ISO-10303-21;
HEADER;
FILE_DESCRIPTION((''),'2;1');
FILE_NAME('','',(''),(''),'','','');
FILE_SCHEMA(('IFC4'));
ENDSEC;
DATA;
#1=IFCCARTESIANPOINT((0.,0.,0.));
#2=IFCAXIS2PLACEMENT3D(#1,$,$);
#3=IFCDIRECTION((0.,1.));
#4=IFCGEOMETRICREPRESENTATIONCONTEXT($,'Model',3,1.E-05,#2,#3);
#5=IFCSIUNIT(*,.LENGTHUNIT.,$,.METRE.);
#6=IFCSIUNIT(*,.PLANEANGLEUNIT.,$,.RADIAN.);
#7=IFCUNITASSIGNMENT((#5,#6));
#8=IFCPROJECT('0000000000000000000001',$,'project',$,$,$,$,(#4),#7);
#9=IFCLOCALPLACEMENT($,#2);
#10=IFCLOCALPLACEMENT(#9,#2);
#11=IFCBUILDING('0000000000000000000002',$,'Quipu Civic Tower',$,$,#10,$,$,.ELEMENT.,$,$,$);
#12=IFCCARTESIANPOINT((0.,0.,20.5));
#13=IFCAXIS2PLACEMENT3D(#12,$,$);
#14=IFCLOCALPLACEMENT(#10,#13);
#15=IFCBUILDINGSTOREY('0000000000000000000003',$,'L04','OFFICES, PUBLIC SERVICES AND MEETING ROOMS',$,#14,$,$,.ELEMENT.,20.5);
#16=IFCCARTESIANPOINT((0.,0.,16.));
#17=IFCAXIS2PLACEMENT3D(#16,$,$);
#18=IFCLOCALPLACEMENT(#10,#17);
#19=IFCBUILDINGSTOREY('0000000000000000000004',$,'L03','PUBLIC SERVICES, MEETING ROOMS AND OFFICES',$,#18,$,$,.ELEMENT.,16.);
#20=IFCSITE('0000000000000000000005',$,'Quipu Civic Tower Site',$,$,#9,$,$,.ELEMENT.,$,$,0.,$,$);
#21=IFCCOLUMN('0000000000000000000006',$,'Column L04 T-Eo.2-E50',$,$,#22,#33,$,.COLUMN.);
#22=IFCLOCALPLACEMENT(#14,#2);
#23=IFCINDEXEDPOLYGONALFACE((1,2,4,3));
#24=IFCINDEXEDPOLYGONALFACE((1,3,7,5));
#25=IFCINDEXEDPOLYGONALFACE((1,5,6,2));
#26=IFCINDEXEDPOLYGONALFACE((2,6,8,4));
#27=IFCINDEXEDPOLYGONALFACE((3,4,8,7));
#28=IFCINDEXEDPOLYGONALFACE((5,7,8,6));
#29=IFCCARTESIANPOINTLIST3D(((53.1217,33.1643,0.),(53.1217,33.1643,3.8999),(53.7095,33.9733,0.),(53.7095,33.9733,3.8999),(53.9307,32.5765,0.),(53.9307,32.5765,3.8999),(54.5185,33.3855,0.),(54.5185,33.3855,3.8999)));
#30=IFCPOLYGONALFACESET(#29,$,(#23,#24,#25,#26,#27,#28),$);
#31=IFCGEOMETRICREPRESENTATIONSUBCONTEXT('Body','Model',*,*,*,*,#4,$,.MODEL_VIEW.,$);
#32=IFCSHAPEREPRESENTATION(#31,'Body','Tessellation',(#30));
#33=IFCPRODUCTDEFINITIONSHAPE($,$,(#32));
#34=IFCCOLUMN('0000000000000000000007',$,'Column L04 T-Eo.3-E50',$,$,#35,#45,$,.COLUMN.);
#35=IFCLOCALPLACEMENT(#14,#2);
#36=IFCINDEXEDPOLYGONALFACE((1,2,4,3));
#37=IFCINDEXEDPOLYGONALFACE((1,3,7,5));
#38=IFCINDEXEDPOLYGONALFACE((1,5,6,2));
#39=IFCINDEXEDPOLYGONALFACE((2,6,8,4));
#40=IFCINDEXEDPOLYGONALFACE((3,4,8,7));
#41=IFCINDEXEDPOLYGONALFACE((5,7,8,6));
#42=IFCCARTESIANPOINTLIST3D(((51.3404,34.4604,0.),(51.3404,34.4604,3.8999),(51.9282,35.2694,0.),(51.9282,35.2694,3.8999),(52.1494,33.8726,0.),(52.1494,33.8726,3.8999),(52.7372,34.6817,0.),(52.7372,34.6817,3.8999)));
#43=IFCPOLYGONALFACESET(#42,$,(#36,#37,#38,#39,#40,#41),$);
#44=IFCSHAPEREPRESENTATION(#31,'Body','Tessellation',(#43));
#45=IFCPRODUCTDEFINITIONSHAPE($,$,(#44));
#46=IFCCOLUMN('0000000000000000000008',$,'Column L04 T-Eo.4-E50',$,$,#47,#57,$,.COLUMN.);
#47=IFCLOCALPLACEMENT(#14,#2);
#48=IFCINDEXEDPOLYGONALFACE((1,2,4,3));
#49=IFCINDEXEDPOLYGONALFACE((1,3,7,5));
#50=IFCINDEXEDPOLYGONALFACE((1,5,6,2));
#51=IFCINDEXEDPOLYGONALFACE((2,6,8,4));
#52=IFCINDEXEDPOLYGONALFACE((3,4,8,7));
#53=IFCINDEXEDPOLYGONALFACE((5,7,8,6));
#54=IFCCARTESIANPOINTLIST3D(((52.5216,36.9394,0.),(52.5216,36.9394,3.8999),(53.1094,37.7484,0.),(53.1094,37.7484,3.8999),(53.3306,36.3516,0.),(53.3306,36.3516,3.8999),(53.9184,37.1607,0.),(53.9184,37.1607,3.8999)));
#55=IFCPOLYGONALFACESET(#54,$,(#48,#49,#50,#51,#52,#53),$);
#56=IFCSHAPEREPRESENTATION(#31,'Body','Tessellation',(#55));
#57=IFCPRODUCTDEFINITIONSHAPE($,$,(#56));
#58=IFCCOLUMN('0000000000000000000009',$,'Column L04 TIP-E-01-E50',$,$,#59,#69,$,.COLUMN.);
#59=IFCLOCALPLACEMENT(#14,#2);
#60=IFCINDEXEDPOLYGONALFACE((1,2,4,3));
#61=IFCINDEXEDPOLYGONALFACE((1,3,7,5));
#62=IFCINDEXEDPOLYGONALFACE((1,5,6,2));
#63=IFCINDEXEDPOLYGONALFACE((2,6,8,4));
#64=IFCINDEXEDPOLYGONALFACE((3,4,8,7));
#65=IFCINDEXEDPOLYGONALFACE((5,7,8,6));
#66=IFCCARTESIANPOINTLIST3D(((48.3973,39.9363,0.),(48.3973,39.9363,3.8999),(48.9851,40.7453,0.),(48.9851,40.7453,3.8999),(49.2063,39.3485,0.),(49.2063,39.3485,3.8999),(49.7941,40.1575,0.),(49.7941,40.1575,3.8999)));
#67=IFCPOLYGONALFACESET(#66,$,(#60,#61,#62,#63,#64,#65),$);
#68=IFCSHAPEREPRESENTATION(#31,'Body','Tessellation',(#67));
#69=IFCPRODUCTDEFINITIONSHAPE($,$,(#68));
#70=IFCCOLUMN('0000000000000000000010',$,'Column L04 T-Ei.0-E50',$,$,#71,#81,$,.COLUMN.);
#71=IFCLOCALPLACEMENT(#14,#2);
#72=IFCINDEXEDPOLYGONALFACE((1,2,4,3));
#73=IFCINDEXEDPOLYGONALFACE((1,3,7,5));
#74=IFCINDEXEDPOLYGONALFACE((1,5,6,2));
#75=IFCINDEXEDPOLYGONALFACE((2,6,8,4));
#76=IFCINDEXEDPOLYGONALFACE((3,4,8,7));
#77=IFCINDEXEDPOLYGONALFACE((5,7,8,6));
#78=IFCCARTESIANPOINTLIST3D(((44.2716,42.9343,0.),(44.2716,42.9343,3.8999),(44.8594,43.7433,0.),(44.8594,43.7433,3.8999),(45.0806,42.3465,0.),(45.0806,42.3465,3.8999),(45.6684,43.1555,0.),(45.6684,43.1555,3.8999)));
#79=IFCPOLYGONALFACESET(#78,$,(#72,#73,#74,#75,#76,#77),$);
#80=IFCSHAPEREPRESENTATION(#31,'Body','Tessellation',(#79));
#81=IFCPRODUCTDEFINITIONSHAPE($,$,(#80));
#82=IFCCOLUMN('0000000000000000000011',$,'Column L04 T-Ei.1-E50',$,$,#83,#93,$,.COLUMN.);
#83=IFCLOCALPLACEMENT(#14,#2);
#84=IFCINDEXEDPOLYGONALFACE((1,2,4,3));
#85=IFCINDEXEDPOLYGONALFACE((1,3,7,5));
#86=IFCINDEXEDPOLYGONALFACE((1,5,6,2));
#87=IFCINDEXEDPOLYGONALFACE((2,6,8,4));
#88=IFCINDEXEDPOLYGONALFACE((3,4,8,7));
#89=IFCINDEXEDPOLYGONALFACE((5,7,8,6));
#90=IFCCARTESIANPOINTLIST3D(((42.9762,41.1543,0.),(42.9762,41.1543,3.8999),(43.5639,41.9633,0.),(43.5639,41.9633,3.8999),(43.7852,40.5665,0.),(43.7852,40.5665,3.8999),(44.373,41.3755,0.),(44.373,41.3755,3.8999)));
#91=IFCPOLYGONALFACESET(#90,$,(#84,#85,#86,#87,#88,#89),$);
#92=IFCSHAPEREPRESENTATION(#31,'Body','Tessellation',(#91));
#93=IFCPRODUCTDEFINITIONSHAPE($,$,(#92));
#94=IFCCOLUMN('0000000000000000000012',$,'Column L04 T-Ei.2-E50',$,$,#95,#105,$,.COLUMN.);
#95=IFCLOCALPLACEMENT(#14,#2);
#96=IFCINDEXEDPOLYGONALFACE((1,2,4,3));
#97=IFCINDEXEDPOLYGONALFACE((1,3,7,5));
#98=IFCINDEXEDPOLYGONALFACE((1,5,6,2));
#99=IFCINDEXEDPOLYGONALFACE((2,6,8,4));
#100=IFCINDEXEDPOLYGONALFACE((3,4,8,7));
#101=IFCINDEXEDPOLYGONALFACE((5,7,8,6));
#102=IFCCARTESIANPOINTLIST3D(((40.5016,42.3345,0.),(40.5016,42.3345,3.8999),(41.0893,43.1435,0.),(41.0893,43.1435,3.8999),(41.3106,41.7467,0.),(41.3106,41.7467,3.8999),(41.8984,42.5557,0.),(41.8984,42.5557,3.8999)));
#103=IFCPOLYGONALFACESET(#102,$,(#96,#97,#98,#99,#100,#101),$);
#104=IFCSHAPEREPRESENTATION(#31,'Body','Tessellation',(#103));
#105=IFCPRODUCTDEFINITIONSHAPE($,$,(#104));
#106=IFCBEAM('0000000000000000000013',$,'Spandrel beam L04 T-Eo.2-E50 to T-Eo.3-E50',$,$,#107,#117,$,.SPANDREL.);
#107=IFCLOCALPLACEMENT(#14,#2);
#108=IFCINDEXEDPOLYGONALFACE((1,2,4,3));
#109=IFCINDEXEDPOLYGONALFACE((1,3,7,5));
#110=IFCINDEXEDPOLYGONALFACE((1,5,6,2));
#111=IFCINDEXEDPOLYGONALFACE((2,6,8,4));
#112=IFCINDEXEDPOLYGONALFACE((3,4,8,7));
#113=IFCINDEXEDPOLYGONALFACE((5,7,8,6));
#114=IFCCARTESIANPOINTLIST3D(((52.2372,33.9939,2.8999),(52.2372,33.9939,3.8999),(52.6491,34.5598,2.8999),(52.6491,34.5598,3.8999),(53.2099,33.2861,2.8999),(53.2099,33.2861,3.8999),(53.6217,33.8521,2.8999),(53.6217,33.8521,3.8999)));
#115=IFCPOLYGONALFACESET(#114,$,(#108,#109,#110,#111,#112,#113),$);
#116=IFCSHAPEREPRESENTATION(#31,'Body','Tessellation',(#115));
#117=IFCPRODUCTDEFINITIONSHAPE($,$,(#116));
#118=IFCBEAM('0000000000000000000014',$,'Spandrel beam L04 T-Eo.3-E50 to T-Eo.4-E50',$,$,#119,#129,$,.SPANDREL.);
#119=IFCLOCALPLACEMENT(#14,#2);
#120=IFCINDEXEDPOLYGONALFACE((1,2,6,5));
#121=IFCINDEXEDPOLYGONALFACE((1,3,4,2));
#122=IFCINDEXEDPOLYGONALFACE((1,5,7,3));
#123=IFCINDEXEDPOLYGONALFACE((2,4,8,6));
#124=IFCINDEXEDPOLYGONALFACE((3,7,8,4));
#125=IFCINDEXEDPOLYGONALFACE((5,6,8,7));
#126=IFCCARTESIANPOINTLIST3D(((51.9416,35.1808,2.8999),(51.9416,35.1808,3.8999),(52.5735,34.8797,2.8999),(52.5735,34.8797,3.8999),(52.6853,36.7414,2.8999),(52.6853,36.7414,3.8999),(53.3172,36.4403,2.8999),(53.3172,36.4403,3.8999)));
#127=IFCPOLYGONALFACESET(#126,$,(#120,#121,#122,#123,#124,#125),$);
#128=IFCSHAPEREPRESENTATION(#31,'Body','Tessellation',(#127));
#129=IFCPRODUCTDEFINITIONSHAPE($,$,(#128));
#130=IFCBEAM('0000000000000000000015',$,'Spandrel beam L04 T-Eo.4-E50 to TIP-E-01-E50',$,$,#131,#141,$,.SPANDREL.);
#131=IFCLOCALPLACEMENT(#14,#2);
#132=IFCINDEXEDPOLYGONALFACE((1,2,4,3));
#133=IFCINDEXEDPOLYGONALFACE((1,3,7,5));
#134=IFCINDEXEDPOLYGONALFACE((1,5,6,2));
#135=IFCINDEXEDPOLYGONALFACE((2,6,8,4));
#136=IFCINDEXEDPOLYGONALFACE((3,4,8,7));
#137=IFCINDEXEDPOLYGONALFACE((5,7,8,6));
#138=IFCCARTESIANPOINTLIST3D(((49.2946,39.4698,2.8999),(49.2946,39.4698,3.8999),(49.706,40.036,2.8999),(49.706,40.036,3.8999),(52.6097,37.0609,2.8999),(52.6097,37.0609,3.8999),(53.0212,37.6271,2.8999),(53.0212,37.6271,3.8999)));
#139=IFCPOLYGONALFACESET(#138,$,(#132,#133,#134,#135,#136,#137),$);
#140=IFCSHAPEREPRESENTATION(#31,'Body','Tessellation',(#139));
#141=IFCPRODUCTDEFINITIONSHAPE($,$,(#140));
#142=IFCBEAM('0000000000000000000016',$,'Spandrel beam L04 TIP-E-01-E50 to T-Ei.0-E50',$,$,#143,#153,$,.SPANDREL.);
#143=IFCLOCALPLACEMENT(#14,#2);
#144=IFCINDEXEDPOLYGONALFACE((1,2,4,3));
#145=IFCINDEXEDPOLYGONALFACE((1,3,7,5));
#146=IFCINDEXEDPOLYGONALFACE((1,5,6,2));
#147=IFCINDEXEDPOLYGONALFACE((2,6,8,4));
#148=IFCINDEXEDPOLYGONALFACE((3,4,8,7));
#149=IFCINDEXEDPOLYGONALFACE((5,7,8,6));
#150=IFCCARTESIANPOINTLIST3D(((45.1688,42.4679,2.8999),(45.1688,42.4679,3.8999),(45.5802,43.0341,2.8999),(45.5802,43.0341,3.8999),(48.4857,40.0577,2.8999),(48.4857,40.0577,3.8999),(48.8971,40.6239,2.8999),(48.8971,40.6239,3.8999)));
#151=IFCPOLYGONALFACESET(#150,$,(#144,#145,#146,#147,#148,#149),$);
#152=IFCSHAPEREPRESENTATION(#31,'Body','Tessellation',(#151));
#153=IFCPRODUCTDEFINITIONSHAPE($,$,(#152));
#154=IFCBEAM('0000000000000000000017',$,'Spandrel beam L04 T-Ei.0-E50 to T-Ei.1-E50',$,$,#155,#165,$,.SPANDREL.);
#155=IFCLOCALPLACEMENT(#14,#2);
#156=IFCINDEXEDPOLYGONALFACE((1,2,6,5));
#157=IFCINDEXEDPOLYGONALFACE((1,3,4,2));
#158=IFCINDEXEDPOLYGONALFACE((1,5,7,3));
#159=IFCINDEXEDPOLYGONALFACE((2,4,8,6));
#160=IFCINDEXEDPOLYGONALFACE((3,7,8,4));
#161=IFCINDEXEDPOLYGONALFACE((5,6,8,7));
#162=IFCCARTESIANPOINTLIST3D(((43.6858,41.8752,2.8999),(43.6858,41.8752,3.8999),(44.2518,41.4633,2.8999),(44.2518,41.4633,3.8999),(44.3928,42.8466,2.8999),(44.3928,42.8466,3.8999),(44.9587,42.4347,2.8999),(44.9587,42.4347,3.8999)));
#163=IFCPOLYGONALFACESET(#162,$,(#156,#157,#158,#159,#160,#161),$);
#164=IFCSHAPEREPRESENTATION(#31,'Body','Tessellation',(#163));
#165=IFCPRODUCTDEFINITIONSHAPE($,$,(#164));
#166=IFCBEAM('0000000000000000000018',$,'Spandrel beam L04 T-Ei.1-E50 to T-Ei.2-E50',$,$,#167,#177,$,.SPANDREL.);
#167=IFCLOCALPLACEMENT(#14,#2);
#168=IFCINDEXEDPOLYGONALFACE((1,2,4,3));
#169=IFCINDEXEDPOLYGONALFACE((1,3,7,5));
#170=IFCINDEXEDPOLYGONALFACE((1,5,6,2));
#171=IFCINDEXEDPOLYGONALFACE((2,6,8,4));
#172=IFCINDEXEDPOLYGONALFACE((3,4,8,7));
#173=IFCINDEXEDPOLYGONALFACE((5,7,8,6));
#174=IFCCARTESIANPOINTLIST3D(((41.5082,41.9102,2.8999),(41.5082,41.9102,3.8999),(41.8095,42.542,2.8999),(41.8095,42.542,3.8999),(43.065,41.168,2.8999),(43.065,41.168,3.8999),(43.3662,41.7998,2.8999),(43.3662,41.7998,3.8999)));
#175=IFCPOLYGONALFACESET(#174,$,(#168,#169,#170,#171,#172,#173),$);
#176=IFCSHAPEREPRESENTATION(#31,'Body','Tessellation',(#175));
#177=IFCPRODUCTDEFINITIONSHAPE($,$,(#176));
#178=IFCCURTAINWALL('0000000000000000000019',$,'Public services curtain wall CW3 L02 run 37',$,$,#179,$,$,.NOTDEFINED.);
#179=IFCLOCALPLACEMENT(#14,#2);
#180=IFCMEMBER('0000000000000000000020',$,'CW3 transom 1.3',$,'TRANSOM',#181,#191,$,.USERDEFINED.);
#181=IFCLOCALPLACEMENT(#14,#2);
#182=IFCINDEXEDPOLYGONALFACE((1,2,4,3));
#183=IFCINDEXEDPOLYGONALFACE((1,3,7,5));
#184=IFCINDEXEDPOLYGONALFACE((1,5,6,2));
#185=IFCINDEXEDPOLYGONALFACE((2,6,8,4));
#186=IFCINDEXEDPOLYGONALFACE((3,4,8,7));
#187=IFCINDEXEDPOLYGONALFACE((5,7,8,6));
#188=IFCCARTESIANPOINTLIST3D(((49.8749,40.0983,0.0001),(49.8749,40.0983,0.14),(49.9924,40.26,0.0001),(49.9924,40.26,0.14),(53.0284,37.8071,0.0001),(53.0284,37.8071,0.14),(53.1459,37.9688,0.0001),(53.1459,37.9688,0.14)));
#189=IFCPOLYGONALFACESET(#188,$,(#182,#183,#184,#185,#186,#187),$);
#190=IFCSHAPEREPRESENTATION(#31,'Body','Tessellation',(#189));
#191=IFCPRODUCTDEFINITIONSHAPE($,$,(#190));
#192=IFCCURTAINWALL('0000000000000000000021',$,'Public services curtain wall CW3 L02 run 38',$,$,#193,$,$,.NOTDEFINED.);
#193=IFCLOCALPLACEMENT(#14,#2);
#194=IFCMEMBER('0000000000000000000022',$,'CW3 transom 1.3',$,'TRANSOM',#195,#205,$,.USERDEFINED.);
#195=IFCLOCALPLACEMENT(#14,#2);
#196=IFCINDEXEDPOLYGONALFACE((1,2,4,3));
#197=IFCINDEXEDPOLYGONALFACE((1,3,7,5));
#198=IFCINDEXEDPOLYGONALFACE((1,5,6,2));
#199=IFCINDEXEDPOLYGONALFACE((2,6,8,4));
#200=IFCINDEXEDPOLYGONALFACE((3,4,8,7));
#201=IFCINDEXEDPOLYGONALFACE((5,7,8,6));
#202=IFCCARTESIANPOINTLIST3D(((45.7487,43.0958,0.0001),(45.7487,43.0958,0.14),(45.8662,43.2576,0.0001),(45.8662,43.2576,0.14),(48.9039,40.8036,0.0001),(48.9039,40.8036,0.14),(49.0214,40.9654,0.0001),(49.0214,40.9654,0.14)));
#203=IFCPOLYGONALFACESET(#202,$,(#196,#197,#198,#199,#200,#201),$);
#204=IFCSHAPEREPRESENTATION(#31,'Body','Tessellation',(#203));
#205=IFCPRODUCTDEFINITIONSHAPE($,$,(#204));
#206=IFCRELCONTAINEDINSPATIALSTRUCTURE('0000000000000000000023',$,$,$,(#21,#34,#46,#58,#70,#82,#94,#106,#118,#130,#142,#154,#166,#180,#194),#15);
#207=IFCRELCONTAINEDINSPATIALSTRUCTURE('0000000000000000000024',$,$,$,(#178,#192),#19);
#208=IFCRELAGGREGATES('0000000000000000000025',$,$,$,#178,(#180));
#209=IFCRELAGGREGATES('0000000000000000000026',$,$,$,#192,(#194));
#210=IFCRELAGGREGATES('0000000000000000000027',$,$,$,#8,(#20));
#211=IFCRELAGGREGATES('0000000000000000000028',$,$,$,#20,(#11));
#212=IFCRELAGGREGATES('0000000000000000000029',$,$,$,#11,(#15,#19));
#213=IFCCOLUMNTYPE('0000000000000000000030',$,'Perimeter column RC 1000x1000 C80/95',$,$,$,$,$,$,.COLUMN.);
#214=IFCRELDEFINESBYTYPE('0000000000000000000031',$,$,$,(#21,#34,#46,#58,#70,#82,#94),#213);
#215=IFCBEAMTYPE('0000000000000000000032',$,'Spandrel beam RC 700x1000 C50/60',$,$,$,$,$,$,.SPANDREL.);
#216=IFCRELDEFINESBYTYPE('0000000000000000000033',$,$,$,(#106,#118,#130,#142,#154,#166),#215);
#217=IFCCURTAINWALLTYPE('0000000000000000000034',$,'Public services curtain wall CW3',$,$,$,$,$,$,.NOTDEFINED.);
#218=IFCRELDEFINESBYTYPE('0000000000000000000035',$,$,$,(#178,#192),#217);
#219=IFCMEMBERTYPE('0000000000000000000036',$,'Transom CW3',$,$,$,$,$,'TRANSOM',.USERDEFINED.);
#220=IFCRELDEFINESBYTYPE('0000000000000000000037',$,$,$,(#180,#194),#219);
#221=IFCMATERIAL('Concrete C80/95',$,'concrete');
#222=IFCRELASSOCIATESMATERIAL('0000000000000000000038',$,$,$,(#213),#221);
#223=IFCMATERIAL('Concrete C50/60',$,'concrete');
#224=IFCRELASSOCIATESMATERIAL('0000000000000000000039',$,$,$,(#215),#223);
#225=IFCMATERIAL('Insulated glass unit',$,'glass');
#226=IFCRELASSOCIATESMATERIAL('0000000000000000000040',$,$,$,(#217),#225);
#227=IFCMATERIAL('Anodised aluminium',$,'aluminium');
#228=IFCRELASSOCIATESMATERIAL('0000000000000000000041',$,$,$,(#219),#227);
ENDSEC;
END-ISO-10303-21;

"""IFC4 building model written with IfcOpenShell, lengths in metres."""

from ifc_helpers import new_model, si_unit, direction, frame, origin, origin_2d, place, context, subcontext, project, spatial, rectangle, extrude, material, material_profile, profile_set, type_object, element, aggregate, save


model = new_model("IFC4")

# Units and contexts
model_context = context("Model", 3, precision=1e-05, world=origin(), true_north=direction((0.0, 1.0)))
body_context = subcontext(model_context, "Body", "Model", "MODEL_VIEW")
ifc_project = project(units=[si_unit("LENGTHUNIT", "METRE"), si_unit("PLANEANGLEUNIT", "RADIAN")], contexts=[model_context])

# Site, building, storey
site_placement = place(None, origin())
site = spatial("IfcSite", under=ifc_project, at=site_placement, Name="Quipu Civic Tower Site", CompositionType="ELEMENT", RefElevation=0.0)
building_placement = place(site_placement, origin())
building = spatial("IfcBuilding", under=site, at=building_placement, Name="Quipu Civic Tower", CompositionType="ELEMENT")
storey_1_placement = place(building_placement, frame((0.0, 0.0, 20.5)))
storey_1 = spatial("IfcBuildingStorey", under=building, at=storey_1_placement, Name="L04", Description="OFFICES, PUBLIC SERVICES AND MEETING ROOMS", CompositionType="ELEMENT", Elevation=20.5)

# Columns
ifc_material_1 = material(Name="Concrete C80/95", Category="concrete")
ifc_material_profile_1 = material_profile(ifc_material_1, rectangle(XDim=1.0, YDim=1.0, at=origin_2d()), Name="RC1000x1000")
ifc_profile_set_1 = profile_set([ifc_material_profile_1], Name="Concrete C80/95")
column_type = type_object("IfcColumnType", Name="Perimeter column RC 1000x1000 C80/95", PredefinedType="COLUMN", material=ifc_profile_set_1)
for number, where, z_axis, x_axis, name in (
    (1, (53.8201, 33.2749, 0.0), (0.0, 0.0, 1.0), (-0.809017, 0.587785, 0.0), "Column L04 T-Eo.2-E50"),
    (2, (52.0388, 34.571, 0.0), (0.0, 0.0, 1.0), (0.587785, 0.809017, 0.0), "Column L04 T-Eo.3-E50"),
    (3, (53.22, 37.05, 0.0), (0.0, 0.0, 1.0), (-0.809017, 0.587785, 0.0), "Column L04 T-Eo.4-E50"),
    (4, (49.0957, 40.0469, 0.0), (0.0, 0.0, 1.0), (-0.809017, 0.587785, 0.0), "Column L04 TIP-E-01-E50"),
    (5, (44.97, 43.0449, 0.0), (0.0, 0.0, 1.0), (-0.809017, 0.587785, 0.0), "Column L04 T-Ei.0-E50"),
    (6, (43.6746, 41.2649, 0.0), (0.0, 0.0, 1.0), (-0.809017, 0.587785, 0.0), "Column L04 T-Ei.1-E50"),
    (7, (41.2, 42.4451, 0.0), (0.0, 0.0, 1.0), (-0.587785, -0.809017, 0.0), "Column L04 T-Ei.2-E50"),
):
    element("IfcColumn", number, at=place(storey_1_placement, frame(where, z_axis=z_axis, x_axis=x_axis)), inside=storey_1, type_object=column_type, Name=name, PredefinedType="COLUMN", context=body_context, shape_type="SweptSolid", body=[
        extrude(rectangle(XDim=1.0, YDim=1.0, at=origin_2d()), origin(), (0.0, 0.0, 1.0), 3.8999),
    ])

# Beams
ifc_material_2 = material(Name="Concrete C50/60", Category="concrete")
ifc_material_profile_2 = material_profile(ifc_material_2, rectangle(XDim=0.7, YDim=1.0, at=origin_2d()), Name="RC700x1000")
ifc_profile_set_2 = profile_set([ifc_material_profile_2], Name="Concrete C50/60")
beam_type = type_object("IfcBeamType", Name="Spandrel beam RC 700x1000 C50/60", PredefinedType="SPANDREL", material=ifc_profile_set_2)
beam_1_placement = place(storey_1_placement, frame((53.4158, 33.5691, 3.3999), z_axis=(-0.808587, 0.588377, 0.0), x_axis=(-0.588377, -0.808587, 0.0)))
element("IfcBeam", 8, at=beam_1_placement, inside=storey_1, type_object=beam_type, Name="Spandrel beam L04 T-Eo.2-E50 to T-Eo.3-E50", PredefinedType="SPANDREL", context=body_context, shape_type="SweptSolid", body=[
    extrude(rectangle(XDim=0.7, YDim=1.0, at=origin_2d()), origin(), (0.0, 0.0, 1.0), 1.2029),
])
beam_2_placement = place(storey_1_placement, frame((52.2576, 35.0303, 3.3999), z_axis=(0.430186, 0.90274, 0.0), x_axis=(-0.90274, 0.430186, 0.0)))
element("IfcBeam", 9, at=beam_2_placement, inside=storey_1, type_object=beam_type, Name="Spandrel beam L04 T-Eo.3-E50 to T-Eo.4-E50", PredefinedType="SPANDREL", context=body_context, shape_type="SweptSolid", body=[
    extrude(rectangle(XDim=0.7, YDim=1.0, at=origin_2d()), origin(), (0.0, 0.0, 1.0), 1.7288),
])
beam_3_placement = place(storey_1_placement, frame((52.8154, 37.344, 3.3999), z_axis=(-0.808981, 0.587835, 0.0), x_axis=(-0.587835, -0.808981, 0.0)))
element("IfcBeam", 10, at=beam_3_placement, inside=storey_1, type_object=beam_type, Name="Spandrel beam L04 T-Eo.4-E50 to TIP-E-01-E50", PredefinedType="SPANDREL", context=body_context, shape_type="SweptSolid", body=[
    extrude(rectangle(XDim=0.7, YDim=1.0, at=origin_2d()), origin(), (0.0, 0.0, 1.0), 4.0979),
])
beam_4_placement = place(storey_1_placement, frame((48.6914, 40.3408, 3.3999), z_axis=(-0.808983, 0.587832, 0.0), x_axis=(-0.587832, -0.808983, 0.0)))
element("IfcBeam", 11, at=beam_4_placement, inside=storey_1, type_object=beam_type, Name="Spandrel beam L04 TIP-E-01-E50 to T-Ei.0-E50", PredefinedType="SPANDREL", context=body_context, shape_type="SweptSolid", body=[
    extrude(rectangle(XDim=0.7, YDim=1.0, at=origin_2d()), origin(), (0.0, 0.0, 1.0), 4.1001),
])
beam_5_placement = place(storey_1_placement, frame((44.6758, 42.6406, 3.3999), z_axis=(-0.588462, -0.808525, 0.0), x_axis=(0.808525, -0.588462, 0.0)))
element("IfcBeam", 12, at=beam_5_placement, inside=storey_1, type_object=beam_type, Name="Spandrel beam L04 T-Ei.0-E50 to T-Ei.1-E50", PredefinedType="SPANDREL", context=body_context, shape_type="SweptSolid", body=[
    extrude(rectangle(XDim=0.7, YDim=1.0, at=origin_2d()), origin(), (0.0, 0.0, 1.0), 1.2014),
])
beam_6_placement = place(storey_1_placement, frame((43.2156, 41.4839, 3.3999), z_axis=(-0.902651, 0.430373, 0.0), x_axis=(-0.430373, -0.902651, 0.0)))
element("IfcBeam", 13, at=beam_6_placement, inside=storey_1, type_object=beam_type, Name="Spandrel beam L04 T-Ei.1-E50 to T-Ei.2-E50", PredefinedType="SPANDREL", context=body_context, shape_type="SweptSolid", body=[
    extrude(rectangle(XDim=0.7, YDim=1.0, at=origin_2d()), origin(), (0.0, 0.0, 1.0), 1.7246),
])

# Shared definitions
storey_2_placement = place(building_placement, frame((0.0, 0.0, 16.0)))
storey_2 = spatial("IfcBuildingStorey", under=building, at=storey_2_placement, Name="L03", Description="PUBLIC SERVICES, MEETING ROOMS AND OFFICES", CompositionType="ELEMENT", Elevation=16.0)

# Curtain walls, members
ifc_material_3 = material(Name="Insulated glass unit", Category="glass")
curtain_wall_type = type_object("IfcCurtainWallType", Name="Public services curtain wall CW3", PredefinedType="NOTDEFINED", material=ifc_material_3)
curtain_wall_1_placement = place(storey_2_placement, origin())
curtain_wall_1 = element("IfcCurtainWall", 14, at=curtain_wall_1_placement, inside=storey_2, type_object=curtain_wall_type, Name="Public services curtain wall CW3 L02 run 37", PredefinedType="NOTDEFINED")
ifc_material_4 = material(Name="Anodised aluminium", Category="aluminium")
ifc_material_profile_3 = material_profile(ifc_material_4, rectangle(XDim=0.2, YDim=0.1399, at=origin_2d()), Name="RECT 200x140")
ifc_profile_set_3 = profile_set([ifc_material_profile_3], Name="Anodised aluminium")
member_type = type_object("IfcMemberType", Name="Transom CW3", ElementType="TRANSOM", PredefinedType="USERDEFINED", material=ifc_profile_set_3)
member_1_placement = place(storey_1_placement, frame((53.0872, 37.8879, 0.0701), z_axis=(-0.80901, 0.587796, 0.0), x_axis=(-0.587796, -0.80901, 0.0)))
member_1 = element("IfcMember", 15, at=member_1_placement, inside=storey_1, type_object=member_type, Name="CW3 transom 1.3", ObjectType="TRANSOM", PredefinedType="USERDEFINED", context=body_context, shape_type="SweptSolid", body=[
    extrude(rectangle(XDim=0.2, YDim=0.1399, at=origin_2d()), origin(), (0.0, 0.0, 1.0), 3.8979),
])
curtain_wall_2_placement = place(storey_2_placement, origin())
curtain_wall_2 = element("IfcCurtainWall", 16, at=curtain_wall_2_placement, inside=storey_2, type_object=curtain_wall_type, Name="Public services curtain wall CW3 L02 run 38", PredefinedType="NOTDEFINED")
member_2_placement = place(storey_1_placement, frame((48.9626, 40.8845, 0.0701), z_axis=(-0.809042, 0.587751, 0.0), x_axis=(-0.587751, -0.809042, 0.0)))
member_2 = element("IfcMember", 17, at=member_2_placement, inside=storey_1, type_object=member_type, Name="CW3 transom 1.3", ObjectType="TRANSOM", PredefinedType="USERDEFINED", context=body_context, shape_type="SweptSolid", body=[
    extrude(rectangle(XDim=0.2, YDim=0.1399, at=origin_2d()), origin(), (0.0, 0.0, 1.0), 3.8999),
])

aggregate(curtain_wall_1, [member_1])
aggregate(curtain_wall_2, [member_2])

save(model, "model.ifc")
